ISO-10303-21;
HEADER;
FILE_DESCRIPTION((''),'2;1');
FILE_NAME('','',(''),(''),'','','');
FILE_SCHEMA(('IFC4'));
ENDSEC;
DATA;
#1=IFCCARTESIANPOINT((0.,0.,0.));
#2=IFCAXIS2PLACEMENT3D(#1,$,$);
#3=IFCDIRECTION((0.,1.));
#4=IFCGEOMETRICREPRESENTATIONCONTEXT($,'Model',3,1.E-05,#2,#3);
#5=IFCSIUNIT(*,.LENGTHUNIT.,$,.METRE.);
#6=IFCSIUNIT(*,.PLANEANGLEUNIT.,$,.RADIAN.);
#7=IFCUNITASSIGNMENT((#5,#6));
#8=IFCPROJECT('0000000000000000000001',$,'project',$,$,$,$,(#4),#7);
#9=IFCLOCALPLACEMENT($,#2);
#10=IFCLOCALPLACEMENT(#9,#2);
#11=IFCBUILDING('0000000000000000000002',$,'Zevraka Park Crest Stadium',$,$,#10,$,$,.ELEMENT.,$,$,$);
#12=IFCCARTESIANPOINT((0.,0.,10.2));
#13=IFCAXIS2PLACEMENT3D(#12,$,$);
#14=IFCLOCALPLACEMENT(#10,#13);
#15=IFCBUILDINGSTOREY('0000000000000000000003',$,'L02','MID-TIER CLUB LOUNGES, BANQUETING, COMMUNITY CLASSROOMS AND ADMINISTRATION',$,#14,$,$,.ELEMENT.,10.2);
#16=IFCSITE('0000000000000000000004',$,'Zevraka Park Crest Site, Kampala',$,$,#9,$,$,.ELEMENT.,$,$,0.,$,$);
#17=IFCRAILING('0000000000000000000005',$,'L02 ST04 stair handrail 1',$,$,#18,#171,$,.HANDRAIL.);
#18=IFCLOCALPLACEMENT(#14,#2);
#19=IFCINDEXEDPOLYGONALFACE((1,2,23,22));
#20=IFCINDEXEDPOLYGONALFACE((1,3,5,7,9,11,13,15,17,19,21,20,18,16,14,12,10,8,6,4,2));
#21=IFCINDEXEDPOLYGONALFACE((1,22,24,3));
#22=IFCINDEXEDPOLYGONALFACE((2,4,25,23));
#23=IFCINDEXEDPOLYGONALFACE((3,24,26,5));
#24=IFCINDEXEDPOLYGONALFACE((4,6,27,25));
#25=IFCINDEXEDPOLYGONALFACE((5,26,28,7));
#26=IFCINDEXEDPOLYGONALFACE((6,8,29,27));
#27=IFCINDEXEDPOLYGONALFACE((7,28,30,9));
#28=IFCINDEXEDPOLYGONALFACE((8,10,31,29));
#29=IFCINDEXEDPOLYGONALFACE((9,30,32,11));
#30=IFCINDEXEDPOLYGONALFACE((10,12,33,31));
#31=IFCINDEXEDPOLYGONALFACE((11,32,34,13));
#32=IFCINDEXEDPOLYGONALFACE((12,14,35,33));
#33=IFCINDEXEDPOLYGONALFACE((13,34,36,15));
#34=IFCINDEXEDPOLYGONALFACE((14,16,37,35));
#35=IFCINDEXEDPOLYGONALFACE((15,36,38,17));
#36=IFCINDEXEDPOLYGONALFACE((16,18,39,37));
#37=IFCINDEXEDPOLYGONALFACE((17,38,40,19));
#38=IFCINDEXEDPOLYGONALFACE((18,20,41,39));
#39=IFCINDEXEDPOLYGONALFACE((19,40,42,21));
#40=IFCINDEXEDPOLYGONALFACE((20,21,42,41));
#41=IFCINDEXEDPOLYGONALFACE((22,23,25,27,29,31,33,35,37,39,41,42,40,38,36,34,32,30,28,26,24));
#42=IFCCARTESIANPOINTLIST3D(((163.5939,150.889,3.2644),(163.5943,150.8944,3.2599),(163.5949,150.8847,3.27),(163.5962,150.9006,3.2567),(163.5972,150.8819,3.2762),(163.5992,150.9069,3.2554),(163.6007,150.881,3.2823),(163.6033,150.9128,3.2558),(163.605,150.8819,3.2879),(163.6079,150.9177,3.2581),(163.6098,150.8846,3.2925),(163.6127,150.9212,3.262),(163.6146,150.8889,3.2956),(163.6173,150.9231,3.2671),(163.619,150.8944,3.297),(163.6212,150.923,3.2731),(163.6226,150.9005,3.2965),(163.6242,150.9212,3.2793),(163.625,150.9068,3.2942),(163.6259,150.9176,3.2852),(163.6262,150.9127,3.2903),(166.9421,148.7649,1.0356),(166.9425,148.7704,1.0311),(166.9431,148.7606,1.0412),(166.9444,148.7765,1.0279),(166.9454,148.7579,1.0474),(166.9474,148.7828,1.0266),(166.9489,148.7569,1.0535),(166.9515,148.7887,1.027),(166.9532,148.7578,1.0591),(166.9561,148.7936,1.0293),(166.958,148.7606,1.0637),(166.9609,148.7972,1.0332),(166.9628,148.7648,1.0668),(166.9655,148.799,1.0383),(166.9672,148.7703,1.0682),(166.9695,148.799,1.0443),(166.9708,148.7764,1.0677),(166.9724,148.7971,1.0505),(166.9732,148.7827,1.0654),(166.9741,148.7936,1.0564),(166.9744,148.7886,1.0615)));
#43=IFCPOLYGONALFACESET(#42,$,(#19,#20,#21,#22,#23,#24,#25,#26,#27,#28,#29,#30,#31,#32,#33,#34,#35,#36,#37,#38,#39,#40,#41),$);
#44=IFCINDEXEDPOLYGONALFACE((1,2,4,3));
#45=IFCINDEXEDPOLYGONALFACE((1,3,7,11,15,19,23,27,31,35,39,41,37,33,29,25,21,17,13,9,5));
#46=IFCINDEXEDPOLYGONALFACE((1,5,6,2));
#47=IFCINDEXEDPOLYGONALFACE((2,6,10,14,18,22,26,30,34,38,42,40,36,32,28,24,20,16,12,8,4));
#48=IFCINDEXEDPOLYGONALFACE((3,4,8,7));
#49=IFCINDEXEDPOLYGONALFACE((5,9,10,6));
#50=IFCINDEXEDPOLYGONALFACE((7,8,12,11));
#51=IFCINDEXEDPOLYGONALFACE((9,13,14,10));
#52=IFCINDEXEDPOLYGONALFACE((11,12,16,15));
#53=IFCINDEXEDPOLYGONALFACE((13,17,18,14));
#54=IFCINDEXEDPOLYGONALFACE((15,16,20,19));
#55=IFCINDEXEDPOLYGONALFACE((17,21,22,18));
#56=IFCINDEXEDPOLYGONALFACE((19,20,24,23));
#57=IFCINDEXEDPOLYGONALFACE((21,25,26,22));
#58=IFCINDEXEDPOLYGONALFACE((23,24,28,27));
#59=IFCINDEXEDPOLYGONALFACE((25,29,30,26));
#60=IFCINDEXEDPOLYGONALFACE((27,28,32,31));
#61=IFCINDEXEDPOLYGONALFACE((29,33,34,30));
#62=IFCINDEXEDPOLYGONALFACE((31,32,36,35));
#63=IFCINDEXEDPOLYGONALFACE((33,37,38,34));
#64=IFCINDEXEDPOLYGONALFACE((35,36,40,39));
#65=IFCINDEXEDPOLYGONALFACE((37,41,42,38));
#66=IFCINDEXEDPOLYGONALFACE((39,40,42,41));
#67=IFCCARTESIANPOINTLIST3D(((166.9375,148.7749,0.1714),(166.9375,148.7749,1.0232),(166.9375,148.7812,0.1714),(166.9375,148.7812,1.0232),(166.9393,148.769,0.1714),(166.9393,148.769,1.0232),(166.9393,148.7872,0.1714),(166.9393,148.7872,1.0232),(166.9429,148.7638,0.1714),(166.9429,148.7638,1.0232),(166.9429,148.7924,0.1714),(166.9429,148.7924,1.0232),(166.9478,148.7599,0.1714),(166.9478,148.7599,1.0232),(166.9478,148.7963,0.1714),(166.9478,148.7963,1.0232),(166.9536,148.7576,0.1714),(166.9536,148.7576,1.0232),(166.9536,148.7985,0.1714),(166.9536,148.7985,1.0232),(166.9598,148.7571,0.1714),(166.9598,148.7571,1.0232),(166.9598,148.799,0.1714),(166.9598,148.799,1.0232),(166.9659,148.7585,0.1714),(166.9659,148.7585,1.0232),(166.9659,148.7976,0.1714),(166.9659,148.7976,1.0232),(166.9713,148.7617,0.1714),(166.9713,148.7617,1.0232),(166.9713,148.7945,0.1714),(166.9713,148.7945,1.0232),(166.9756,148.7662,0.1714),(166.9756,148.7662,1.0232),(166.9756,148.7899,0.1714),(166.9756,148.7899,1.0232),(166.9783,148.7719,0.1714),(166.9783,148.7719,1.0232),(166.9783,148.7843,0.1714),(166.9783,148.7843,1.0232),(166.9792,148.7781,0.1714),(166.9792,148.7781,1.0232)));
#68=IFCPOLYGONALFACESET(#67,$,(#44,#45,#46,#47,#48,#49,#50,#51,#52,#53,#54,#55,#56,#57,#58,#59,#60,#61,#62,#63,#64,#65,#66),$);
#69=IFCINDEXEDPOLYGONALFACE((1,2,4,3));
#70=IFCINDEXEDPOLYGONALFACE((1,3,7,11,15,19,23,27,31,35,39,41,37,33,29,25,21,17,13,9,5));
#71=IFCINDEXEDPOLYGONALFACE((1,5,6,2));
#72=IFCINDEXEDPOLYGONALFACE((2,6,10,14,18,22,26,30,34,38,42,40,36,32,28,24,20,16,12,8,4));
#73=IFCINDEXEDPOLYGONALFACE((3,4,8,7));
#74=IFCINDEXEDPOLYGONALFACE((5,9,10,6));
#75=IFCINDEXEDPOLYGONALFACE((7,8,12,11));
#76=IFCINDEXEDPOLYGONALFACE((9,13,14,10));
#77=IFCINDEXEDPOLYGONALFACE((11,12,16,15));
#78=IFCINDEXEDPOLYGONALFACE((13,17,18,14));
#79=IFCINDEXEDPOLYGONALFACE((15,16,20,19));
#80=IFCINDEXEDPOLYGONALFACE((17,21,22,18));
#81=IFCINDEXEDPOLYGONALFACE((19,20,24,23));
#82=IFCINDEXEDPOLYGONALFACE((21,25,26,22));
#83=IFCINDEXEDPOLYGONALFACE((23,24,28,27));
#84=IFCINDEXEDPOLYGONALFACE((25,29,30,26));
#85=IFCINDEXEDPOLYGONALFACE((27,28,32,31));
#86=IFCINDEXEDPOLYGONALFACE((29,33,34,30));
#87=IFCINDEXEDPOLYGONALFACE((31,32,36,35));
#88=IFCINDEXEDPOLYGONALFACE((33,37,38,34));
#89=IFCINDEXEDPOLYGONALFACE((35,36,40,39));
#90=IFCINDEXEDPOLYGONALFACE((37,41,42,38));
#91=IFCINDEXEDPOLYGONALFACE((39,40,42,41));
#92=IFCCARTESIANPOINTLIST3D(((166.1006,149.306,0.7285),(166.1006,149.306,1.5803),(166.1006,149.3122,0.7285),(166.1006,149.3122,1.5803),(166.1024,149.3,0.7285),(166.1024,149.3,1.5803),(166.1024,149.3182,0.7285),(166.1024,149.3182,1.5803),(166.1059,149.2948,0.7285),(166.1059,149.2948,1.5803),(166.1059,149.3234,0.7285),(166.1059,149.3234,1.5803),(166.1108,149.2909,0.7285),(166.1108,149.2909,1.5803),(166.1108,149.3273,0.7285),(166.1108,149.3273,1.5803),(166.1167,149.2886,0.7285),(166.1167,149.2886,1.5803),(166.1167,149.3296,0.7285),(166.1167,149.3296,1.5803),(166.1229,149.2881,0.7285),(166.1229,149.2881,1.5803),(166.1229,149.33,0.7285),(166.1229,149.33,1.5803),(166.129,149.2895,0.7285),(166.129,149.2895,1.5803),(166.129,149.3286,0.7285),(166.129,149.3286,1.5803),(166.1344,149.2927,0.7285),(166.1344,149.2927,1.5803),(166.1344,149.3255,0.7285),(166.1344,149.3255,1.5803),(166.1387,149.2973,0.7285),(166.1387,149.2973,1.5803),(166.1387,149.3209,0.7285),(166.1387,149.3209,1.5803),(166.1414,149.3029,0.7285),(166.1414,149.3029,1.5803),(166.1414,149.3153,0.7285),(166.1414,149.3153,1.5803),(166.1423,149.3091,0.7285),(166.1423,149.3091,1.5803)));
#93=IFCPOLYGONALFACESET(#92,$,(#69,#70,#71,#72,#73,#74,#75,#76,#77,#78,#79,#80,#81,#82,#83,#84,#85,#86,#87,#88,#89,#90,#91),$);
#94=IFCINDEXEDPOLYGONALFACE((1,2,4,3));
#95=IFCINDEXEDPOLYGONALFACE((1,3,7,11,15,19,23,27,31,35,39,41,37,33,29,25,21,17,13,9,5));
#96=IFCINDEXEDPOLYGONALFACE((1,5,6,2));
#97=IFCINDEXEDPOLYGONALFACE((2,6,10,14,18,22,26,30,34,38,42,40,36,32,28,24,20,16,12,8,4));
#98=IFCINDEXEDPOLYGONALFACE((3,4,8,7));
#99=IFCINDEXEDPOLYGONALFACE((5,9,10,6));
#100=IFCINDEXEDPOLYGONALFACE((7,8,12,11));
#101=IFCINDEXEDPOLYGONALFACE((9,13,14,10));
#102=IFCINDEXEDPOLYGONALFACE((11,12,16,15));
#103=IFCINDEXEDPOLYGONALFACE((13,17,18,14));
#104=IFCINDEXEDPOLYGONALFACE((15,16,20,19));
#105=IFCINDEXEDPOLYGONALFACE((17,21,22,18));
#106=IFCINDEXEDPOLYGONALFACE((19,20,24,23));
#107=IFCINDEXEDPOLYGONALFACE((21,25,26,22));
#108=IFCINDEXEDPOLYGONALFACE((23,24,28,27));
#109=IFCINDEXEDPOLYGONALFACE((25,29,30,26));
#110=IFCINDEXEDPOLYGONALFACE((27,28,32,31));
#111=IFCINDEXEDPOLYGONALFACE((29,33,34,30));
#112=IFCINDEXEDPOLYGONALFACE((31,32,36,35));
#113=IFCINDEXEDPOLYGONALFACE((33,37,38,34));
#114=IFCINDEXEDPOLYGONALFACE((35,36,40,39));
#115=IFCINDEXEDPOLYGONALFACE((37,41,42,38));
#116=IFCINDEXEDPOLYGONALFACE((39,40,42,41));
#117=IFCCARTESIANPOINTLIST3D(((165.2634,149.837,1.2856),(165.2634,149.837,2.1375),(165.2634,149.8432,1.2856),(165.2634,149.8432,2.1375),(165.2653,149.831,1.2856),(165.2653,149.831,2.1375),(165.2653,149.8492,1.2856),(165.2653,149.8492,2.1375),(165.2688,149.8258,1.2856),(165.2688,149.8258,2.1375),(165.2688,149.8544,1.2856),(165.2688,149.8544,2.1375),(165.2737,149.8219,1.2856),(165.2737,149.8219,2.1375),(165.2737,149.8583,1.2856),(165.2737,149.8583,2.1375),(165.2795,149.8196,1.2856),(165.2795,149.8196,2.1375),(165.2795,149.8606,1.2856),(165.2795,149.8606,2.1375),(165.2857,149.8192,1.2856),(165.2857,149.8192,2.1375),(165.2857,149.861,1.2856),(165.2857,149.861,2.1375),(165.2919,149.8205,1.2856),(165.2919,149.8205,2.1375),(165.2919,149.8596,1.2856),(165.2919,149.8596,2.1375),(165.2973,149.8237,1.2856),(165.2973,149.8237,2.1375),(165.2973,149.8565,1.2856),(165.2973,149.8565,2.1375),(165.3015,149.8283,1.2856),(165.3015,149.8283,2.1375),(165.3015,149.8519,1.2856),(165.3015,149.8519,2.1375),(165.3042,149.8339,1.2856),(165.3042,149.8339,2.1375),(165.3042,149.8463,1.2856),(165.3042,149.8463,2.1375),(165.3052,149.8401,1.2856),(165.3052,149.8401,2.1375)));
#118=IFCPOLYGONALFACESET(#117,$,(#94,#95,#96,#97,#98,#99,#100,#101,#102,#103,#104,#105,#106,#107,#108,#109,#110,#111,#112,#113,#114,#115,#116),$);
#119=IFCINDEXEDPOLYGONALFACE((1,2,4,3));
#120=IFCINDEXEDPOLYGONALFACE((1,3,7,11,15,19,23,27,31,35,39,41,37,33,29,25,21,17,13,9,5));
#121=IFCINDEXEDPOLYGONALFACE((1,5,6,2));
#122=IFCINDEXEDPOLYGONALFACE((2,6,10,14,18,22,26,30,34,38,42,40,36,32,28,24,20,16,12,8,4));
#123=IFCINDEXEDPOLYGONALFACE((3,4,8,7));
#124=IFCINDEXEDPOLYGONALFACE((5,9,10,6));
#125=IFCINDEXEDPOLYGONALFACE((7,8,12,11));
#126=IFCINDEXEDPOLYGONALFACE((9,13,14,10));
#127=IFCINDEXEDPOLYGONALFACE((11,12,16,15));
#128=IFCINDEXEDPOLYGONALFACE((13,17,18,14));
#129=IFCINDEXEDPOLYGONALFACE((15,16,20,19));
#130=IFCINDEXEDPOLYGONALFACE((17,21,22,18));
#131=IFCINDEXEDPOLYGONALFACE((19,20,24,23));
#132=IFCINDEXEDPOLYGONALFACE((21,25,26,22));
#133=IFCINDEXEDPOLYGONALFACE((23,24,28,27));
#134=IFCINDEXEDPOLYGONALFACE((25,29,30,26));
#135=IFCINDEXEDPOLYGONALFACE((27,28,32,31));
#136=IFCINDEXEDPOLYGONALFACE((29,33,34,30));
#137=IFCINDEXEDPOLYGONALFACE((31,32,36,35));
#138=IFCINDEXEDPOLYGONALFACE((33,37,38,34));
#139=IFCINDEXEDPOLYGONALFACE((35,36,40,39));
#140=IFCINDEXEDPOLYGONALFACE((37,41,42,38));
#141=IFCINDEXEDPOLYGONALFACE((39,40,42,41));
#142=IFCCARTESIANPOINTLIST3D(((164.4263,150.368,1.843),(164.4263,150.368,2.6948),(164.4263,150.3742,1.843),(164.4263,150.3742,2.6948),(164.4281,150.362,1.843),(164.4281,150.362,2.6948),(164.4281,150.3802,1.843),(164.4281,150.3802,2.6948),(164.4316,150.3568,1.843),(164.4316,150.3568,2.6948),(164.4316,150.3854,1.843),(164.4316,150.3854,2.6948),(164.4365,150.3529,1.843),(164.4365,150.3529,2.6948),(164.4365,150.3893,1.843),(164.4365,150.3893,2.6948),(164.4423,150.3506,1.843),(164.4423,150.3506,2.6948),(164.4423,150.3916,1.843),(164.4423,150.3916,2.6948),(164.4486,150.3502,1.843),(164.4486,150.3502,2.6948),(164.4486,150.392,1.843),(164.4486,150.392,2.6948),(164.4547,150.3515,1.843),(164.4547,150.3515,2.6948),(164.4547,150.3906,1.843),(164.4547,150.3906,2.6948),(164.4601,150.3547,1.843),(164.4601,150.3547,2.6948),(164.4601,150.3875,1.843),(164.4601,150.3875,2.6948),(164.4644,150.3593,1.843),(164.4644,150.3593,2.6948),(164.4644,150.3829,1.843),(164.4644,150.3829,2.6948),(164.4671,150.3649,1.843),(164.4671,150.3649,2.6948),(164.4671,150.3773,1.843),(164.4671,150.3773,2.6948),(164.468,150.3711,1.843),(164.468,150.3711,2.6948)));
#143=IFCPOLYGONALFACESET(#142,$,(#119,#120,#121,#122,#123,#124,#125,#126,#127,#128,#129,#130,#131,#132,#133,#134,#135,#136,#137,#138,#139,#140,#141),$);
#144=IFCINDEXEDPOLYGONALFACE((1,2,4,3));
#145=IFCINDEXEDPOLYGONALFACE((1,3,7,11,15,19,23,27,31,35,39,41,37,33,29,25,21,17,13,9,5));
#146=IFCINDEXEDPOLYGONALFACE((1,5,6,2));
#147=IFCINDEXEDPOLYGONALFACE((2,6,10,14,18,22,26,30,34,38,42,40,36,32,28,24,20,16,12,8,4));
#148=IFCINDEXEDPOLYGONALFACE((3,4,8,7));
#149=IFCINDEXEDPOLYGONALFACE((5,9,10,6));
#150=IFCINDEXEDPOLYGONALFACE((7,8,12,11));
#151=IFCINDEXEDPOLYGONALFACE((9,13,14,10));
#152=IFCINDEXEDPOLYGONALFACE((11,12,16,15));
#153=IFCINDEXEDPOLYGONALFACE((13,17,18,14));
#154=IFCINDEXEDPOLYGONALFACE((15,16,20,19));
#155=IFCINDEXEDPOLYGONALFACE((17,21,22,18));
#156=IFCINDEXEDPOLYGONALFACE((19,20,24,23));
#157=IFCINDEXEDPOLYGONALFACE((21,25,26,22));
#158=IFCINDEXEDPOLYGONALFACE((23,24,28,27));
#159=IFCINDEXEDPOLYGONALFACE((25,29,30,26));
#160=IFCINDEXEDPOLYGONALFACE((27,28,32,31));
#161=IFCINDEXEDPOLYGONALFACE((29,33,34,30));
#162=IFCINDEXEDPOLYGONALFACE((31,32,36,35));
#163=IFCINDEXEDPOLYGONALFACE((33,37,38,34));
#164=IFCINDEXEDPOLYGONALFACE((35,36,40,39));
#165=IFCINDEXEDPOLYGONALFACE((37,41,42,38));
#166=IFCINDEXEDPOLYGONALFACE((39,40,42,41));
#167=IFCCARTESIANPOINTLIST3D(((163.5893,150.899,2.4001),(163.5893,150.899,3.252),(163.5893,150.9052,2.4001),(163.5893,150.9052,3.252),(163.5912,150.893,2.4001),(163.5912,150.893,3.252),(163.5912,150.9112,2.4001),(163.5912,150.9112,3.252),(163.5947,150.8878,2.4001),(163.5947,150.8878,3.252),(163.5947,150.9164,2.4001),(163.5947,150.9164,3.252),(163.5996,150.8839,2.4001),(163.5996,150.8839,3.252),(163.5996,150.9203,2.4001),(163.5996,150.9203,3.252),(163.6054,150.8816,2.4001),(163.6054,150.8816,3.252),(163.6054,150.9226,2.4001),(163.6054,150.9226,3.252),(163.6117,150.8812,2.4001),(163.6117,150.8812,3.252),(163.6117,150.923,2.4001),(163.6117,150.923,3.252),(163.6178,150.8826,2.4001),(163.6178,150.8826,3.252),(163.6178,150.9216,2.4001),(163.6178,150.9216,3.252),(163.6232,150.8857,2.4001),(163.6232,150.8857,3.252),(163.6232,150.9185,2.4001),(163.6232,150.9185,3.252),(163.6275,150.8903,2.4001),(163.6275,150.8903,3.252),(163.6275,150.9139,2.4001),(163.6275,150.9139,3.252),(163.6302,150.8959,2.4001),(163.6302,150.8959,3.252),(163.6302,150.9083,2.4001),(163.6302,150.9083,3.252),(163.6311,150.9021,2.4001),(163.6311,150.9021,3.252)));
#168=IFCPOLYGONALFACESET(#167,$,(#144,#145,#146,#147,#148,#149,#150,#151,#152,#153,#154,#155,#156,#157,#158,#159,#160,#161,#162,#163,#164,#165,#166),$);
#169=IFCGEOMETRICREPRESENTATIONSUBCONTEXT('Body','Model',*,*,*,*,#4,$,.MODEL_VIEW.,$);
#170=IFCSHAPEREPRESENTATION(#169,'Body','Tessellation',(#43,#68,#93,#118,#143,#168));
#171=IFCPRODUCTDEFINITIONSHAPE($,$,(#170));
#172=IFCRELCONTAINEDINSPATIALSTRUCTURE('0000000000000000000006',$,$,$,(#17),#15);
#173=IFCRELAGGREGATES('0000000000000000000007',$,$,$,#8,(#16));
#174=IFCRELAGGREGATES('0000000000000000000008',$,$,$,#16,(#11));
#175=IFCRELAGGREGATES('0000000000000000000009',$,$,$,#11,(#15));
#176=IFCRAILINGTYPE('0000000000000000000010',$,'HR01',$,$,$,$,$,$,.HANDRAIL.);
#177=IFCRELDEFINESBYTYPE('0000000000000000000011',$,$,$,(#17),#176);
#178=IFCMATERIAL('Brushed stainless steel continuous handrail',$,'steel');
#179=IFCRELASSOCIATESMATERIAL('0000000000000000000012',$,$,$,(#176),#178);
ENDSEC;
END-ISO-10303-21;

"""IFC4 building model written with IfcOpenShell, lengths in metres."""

from ifc_helpers import new_model, si_unit, direction, frame, origin, origin_2d, place, context, subcontext, project, spatial, circle, extrude, material, type_object, element, save


model = new_model("IFC4")

# Units and contexts
model_context = context("Model", 3, precision=1e-05, world=origin(), true_north=direction((0.0, 1.0)))
body_context = subcontext(model_context, "Body", "Model", "MODEL_VIEW")
ifc_project = project(units=[si_unit("LENGTHUNIT", "METRE"), si_unit("PLANEANGLEUNIT", "RADIAN")], contexts=[model_context])

# Site, building, storey
site_placement = place(None, origin())
site = spatial("IfcSite", under=ifc_project, at=site_placement, Name="Zevraka Park Crest Site, Kampala", CompositionType="ELEMENT", RefElevation=0.0)
building_placement = place(site_placement, origin())
building = spatial("IfcBuilding", under=site, at=building_placement, Name="Zevraka Park Crest Stadium", CompositionType="ELEMENT")
storey_placement = place(building_placement, frame((0.0, 0.0, 10.2)))
storey = spatial("IfcBuildingStorey", under=building, at=storey_placement, Name="L02", Description="MID-TIER CLUB LOUNGES, BANQUETING, COMMUNITY CLASSROOMS AND ADMINISTRATION", CompositionType="ELEMENT", Elevation=10.2)

# Railing
ifc_material_1 = material(Name="Brushed stainless steel continuous handrail", Category="steel")
railing_type_1 = type_object("IfcRailingType", Name="HR01", PredefinedType="HANDRAIL", material=ifc_material_1)
railing_1_placement = place(storey_placement, frame((166.9583, 148.7781, 0.1714)))
element("IfcRailing", 1, at=railing_1_placement, inside=storey, type_object=railing_type_1, Name="L02 ST04 stair handrail 1", PredefinedType="HANDRAIL", context=body_context, shape_type="SweptSolid", body=[
    extrude(circle(Radius=0.0239, at=origin_2d()), frame((0.0, 0.0, 0.876), z_axis=(-0.736097, 0.466972, 0.489998), x_axis=(-0.535688, -0.844416, 0.0)), (0.0, 0.0, 1.0), 4.5486),
    extrude(circle(Radius=0.021, at=origin_2d()), origin(), (0.0, 0.0, 1.0), 0.8518),
    extrude(circle(Radius=0.021, at=origin_2d()), frame((-0.8369, 0.531, 0.5571)), (0.0, 0.0, 1.0), 0.8518),
    extrude(circle(Radius=0.021, at=origin_2d()), frame((-1.6741, 1.062, 1.1143)), (0.0, 0.0, 1.0), 0.8518),
    extrude(circle(Radius=0.021, at=origin_2d()), frame((-2.5112, 1.593, 1.6716)), (0.0, 0.0, 1.0), 0.8518),
    extrude(circle(Radius=0.021, at=origin_2d()), frame((-3.3481, 2.124, 2.2288)), (0.0, 0.0, 1.0), 0.8518),
])

save(model, "model.ifc")
